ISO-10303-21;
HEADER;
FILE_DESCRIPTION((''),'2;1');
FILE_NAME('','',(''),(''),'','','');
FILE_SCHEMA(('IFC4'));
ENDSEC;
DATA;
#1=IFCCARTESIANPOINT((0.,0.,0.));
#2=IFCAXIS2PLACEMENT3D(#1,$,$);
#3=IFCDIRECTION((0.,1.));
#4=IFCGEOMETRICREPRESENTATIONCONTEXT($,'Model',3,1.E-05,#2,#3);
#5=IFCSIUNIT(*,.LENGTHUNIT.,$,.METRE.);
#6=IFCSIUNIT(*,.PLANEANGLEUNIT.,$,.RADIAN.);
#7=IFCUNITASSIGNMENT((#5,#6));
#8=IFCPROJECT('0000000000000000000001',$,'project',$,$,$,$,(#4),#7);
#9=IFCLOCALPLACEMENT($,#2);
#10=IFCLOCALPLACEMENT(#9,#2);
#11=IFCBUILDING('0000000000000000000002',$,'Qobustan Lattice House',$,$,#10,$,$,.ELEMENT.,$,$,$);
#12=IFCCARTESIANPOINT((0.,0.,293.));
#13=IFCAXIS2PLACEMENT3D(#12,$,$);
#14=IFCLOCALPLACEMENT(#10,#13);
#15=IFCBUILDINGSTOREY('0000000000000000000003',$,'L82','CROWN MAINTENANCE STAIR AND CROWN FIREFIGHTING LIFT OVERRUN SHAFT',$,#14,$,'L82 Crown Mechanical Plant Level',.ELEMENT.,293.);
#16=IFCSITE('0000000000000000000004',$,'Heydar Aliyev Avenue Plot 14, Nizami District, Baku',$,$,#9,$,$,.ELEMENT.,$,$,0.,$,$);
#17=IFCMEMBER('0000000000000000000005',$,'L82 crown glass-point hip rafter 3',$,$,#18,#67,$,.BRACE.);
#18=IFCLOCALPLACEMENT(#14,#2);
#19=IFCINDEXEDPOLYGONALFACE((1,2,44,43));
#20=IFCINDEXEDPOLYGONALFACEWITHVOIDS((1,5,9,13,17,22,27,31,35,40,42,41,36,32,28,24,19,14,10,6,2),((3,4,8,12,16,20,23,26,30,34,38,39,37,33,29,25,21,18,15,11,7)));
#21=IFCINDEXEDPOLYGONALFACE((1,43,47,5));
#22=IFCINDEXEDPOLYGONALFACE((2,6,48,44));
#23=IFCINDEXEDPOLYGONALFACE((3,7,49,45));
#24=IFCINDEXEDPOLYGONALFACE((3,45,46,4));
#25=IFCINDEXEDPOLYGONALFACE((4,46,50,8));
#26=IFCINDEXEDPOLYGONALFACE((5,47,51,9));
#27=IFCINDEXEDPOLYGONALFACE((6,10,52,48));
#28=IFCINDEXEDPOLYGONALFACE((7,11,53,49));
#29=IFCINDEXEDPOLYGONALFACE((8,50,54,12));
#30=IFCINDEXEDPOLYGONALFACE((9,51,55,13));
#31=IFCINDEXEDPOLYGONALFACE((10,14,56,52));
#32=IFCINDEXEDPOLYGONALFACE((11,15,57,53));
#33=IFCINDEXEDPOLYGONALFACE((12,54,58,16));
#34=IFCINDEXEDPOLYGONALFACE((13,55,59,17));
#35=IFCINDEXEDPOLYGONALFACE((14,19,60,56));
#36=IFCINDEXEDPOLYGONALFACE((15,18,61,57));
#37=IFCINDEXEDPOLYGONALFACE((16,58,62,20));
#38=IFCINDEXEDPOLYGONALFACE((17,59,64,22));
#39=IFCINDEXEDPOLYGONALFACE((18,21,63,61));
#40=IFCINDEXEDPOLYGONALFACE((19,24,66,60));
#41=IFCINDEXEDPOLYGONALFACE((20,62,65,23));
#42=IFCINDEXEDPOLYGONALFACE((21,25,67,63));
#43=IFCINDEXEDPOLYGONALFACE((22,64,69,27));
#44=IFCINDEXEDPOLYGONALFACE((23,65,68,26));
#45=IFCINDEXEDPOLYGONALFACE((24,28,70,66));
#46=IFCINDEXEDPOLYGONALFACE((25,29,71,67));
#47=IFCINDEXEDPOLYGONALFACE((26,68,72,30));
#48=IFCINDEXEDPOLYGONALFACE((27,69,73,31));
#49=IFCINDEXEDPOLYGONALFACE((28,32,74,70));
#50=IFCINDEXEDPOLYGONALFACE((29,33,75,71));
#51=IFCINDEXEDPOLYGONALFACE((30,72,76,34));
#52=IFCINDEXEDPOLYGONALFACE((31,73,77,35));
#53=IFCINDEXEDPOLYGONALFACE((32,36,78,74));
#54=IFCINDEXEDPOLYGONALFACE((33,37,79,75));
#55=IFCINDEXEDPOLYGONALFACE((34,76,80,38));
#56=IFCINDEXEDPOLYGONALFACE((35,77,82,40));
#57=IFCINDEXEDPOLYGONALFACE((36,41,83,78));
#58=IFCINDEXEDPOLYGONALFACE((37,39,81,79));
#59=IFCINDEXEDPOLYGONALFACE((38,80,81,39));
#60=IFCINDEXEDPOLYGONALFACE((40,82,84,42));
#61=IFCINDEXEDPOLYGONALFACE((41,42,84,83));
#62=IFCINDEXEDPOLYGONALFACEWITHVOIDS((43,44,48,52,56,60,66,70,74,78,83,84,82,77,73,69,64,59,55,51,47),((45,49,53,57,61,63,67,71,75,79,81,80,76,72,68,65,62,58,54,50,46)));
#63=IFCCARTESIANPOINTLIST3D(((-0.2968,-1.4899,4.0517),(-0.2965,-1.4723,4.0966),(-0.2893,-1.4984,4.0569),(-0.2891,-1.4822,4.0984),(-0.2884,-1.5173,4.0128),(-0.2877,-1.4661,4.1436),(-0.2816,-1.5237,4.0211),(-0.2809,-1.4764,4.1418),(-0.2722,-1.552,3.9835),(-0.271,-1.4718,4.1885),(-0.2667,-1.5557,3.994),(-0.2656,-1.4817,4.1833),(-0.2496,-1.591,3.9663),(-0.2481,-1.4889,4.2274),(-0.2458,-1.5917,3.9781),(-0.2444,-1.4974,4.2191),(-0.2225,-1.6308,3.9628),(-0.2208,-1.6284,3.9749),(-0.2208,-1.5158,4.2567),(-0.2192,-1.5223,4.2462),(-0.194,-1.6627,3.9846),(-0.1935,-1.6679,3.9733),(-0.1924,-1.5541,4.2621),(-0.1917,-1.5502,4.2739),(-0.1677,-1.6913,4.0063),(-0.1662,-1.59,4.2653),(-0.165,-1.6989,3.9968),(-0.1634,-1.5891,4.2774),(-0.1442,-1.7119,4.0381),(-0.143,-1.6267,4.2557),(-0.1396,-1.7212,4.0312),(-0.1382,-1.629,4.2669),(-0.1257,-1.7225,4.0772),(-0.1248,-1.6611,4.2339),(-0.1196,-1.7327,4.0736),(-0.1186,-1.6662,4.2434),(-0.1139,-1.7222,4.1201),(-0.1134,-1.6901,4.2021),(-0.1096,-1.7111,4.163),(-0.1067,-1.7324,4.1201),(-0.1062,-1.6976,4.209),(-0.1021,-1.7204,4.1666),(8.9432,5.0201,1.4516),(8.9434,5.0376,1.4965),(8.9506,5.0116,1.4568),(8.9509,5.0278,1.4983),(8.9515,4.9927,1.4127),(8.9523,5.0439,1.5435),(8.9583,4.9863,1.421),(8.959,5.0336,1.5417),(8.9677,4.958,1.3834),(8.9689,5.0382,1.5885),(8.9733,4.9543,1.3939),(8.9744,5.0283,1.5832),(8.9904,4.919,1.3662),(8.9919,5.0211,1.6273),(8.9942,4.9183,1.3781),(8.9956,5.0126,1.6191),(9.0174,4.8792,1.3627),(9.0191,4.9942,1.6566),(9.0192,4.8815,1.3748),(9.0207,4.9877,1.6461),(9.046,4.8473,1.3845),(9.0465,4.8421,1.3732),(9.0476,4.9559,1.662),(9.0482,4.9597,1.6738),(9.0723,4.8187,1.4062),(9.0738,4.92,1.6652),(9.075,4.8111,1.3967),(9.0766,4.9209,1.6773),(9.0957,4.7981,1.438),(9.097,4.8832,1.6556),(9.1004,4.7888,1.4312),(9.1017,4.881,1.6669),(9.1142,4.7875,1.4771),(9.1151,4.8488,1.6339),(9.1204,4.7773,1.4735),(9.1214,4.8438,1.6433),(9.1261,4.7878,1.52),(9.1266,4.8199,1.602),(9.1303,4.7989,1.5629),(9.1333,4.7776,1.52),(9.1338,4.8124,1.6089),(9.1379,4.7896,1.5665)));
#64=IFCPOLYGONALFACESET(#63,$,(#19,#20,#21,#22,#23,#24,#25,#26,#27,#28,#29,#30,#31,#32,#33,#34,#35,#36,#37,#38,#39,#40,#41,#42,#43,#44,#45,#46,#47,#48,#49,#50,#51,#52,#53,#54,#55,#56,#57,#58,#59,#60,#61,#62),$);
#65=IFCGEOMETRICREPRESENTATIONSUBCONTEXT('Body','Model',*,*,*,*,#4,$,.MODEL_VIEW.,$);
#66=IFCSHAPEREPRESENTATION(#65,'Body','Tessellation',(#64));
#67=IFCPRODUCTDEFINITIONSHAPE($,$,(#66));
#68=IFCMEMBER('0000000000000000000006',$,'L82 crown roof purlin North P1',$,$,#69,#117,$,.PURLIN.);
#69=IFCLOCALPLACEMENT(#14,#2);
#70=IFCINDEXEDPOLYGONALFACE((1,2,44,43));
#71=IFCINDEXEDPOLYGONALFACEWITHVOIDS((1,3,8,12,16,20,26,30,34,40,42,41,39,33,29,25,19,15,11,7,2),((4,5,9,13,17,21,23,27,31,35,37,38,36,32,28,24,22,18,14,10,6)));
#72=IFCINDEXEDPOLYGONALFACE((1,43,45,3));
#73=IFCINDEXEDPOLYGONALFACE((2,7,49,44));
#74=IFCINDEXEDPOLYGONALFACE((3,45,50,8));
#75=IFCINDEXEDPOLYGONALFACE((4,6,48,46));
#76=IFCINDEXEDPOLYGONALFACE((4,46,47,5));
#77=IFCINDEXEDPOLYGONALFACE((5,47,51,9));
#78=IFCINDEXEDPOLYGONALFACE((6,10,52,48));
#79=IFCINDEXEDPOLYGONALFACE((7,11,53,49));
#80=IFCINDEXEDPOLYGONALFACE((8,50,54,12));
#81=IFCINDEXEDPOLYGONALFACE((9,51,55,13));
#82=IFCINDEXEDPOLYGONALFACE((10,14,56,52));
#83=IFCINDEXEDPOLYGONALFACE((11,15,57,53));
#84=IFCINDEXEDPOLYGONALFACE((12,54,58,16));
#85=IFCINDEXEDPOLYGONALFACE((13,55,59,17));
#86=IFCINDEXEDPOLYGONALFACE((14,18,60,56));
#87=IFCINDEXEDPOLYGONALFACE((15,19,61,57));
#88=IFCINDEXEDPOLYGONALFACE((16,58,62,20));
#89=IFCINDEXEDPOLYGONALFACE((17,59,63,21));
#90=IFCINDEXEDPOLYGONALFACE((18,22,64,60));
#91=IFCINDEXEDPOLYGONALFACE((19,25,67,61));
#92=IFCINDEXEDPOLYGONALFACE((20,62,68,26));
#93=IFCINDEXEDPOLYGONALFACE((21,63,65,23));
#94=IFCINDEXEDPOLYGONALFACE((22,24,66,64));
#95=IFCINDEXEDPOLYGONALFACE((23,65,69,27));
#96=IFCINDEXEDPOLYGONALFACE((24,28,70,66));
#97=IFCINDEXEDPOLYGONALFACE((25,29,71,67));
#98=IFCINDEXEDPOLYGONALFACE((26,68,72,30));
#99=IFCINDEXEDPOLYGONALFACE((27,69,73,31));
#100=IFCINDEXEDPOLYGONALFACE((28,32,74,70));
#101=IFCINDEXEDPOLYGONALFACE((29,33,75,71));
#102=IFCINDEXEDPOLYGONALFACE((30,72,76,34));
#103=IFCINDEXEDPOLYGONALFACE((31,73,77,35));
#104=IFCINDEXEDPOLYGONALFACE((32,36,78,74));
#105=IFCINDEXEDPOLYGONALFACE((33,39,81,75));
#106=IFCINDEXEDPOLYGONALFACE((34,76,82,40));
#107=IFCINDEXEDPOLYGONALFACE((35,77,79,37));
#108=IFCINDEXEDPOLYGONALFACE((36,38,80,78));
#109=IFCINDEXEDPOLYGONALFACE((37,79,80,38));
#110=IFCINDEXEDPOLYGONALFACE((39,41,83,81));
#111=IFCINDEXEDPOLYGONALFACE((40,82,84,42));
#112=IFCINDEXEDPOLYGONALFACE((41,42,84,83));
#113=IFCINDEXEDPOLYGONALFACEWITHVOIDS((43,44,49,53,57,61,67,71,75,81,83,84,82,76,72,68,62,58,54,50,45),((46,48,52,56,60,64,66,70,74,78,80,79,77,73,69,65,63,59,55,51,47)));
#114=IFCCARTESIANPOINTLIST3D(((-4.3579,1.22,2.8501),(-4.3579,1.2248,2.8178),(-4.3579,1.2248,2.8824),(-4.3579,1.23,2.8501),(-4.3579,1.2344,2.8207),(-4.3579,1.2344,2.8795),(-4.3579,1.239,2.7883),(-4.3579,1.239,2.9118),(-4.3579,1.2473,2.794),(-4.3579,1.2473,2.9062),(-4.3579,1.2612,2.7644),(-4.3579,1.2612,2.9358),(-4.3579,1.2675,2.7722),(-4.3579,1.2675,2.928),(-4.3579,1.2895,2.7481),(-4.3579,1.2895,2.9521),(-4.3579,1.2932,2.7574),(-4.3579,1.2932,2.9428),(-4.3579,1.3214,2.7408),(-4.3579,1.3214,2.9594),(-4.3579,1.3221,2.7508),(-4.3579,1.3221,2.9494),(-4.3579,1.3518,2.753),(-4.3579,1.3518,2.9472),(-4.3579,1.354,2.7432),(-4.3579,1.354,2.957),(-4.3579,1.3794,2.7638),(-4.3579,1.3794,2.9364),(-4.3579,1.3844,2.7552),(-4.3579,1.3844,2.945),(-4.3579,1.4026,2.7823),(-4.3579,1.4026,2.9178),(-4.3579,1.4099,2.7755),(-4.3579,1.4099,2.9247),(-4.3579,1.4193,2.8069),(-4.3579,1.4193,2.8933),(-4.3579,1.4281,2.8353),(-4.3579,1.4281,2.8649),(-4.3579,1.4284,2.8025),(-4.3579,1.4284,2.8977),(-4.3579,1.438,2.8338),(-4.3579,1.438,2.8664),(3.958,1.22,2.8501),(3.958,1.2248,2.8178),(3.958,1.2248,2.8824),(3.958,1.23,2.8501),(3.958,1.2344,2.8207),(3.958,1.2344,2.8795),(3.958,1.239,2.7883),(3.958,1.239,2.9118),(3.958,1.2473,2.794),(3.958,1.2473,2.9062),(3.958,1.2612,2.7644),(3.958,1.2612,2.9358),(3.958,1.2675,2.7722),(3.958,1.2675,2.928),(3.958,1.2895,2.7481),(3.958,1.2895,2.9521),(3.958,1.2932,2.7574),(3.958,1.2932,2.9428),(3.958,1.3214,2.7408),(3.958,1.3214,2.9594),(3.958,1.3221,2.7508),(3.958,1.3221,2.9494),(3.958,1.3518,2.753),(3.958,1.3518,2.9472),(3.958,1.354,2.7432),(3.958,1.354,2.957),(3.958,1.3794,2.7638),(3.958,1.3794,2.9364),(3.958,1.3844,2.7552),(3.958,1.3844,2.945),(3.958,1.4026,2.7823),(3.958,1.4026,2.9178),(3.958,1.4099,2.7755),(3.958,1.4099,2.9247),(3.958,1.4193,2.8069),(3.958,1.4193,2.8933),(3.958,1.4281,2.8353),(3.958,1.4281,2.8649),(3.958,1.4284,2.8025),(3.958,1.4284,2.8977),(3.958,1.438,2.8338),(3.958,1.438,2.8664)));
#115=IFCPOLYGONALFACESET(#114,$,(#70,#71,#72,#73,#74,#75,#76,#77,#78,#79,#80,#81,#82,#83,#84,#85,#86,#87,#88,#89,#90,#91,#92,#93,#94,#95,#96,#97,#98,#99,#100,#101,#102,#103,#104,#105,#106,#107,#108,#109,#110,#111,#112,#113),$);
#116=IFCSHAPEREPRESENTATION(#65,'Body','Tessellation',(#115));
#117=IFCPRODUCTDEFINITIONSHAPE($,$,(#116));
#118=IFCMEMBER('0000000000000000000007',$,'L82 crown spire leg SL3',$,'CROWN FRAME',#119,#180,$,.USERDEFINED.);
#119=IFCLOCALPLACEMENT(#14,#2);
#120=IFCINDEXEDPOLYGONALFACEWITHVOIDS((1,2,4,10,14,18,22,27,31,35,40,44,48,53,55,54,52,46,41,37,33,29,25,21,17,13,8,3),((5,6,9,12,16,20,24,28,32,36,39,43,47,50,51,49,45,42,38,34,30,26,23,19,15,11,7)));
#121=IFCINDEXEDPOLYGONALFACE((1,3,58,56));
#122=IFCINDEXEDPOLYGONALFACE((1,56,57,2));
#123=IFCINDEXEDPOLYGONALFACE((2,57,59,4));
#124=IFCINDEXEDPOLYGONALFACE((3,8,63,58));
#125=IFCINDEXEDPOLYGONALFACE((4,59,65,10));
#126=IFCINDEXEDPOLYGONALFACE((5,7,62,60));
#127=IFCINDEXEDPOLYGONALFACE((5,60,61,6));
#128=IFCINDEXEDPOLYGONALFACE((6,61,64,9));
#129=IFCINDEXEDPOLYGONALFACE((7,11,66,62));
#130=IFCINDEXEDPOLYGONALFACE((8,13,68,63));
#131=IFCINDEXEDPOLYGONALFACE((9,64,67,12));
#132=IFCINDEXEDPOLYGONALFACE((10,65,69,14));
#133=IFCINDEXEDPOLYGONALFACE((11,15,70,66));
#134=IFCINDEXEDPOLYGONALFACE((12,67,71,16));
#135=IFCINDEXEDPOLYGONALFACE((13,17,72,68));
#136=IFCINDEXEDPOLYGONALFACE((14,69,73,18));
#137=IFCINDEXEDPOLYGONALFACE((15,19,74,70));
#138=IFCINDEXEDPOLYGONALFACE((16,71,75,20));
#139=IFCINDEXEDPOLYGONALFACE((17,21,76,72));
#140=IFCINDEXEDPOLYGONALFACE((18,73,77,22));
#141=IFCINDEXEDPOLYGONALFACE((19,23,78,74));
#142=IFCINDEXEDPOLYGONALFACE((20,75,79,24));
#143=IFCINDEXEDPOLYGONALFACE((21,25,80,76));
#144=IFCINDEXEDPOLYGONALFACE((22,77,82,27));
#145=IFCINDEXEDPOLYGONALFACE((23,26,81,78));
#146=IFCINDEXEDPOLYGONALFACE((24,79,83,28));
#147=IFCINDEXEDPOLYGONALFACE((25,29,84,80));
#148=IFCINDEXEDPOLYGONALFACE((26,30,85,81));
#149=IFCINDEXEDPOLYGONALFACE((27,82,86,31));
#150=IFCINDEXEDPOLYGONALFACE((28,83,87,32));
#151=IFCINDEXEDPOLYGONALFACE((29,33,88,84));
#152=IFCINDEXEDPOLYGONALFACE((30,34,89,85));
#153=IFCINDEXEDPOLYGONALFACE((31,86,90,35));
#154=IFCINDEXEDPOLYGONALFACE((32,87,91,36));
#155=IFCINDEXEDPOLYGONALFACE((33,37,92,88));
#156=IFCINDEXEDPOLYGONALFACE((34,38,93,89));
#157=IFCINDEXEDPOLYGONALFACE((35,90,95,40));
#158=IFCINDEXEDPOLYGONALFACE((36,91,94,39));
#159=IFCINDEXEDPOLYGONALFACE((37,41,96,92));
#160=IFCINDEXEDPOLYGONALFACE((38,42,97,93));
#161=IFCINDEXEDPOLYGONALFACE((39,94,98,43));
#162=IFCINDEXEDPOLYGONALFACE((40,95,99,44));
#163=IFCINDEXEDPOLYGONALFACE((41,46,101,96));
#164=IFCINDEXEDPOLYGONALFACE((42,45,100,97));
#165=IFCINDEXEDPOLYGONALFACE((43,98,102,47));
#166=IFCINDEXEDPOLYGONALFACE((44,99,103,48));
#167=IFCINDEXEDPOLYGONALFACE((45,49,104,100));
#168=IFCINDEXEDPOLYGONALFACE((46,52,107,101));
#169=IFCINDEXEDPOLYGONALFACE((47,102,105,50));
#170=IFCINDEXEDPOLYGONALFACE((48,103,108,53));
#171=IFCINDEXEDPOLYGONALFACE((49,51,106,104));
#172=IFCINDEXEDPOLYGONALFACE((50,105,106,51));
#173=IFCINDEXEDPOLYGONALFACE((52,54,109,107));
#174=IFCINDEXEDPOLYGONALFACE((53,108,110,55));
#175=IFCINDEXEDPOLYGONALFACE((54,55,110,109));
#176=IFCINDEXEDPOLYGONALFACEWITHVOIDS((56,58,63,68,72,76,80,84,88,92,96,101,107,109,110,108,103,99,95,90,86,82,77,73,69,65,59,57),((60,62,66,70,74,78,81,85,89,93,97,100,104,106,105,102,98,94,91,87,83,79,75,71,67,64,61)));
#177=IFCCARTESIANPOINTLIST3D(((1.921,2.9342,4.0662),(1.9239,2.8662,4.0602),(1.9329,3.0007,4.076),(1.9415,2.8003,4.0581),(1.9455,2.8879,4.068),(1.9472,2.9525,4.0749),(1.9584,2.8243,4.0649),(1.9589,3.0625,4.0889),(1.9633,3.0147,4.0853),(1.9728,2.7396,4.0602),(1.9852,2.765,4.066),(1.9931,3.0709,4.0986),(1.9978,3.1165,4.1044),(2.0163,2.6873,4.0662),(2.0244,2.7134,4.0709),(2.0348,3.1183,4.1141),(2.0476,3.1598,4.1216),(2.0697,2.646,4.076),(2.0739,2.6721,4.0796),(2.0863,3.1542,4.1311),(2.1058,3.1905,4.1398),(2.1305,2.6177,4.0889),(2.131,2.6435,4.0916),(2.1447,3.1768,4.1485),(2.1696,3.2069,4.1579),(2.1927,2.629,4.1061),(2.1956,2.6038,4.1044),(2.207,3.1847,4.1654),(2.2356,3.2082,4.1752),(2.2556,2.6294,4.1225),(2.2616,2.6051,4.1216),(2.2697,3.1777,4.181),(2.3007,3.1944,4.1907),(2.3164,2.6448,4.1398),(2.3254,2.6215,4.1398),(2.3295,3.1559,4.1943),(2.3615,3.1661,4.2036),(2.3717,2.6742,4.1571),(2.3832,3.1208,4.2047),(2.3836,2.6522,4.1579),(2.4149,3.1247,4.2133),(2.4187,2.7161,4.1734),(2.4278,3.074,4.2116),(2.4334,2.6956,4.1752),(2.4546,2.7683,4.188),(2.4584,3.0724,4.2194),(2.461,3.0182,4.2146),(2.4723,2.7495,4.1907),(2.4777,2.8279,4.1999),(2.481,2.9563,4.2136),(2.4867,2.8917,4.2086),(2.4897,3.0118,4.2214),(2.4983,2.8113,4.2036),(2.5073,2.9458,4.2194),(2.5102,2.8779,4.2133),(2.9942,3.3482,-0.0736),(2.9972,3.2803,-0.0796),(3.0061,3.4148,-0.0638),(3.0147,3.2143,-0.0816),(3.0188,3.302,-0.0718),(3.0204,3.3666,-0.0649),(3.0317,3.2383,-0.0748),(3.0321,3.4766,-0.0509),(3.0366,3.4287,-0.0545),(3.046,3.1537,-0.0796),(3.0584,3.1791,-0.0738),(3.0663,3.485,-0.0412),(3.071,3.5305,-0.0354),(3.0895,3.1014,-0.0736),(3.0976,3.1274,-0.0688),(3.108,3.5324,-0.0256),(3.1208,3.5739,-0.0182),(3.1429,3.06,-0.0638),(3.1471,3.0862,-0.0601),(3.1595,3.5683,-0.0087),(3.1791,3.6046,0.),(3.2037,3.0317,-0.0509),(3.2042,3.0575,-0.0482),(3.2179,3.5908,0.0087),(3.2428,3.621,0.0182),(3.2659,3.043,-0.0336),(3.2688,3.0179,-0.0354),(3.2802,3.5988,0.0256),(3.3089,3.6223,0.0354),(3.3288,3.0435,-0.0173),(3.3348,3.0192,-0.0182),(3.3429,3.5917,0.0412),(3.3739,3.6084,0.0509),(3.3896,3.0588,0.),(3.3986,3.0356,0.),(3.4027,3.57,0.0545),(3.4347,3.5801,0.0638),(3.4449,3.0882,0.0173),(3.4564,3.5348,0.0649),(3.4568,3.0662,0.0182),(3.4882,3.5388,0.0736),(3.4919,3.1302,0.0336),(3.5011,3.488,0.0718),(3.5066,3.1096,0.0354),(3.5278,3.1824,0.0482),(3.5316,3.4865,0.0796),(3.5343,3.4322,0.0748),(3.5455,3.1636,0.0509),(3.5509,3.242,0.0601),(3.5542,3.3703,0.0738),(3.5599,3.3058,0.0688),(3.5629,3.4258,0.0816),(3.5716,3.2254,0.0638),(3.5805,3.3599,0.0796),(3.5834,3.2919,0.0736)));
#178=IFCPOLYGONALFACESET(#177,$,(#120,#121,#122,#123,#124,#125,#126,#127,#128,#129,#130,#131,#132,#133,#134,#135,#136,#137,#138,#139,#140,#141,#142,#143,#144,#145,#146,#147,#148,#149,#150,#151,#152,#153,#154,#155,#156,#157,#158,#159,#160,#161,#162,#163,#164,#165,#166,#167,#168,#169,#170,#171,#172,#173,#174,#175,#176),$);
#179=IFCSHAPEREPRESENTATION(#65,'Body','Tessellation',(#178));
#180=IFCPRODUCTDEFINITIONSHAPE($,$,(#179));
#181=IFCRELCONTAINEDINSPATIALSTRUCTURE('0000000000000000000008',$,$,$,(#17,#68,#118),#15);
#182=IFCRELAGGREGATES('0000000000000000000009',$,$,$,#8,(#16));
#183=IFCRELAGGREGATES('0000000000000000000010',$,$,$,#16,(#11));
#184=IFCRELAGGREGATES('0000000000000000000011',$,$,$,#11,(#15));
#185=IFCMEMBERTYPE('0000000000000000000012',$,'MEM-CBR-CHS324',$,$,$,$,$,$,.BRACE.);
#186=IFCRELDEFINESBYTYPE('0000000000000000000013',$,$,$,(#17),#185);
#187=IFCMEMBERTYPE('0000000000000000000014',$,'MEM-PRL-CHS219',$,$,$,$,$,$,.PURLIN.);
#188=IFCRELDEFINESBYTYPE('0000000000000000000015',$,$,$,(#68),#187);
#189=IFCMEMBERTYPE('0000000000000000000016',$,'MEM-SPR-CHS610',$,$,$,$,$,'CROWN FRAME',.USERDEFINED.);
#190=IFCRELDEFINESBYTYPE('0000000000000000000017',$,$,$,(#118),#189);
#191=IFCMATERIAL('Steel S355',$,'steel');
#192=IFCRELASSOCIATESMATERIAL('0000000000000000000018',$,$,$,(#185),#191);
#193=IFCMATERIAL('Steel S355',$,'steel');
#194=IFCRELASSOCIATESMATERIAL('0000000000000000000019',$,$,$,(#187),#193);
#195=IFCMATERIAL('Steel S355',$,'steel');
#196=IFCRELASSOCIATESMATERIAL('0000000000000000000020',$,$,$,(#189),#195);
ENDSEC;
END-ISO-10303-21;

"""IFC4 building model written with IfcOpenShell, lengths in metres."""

from ifc_helpers import new_model, si_unit, direction, frame, origin, origin_2d, place, context, subcontext, project, spatial, hollow_circle, extrude, material, material_profile, profile_set, type_object, element, save


model = new_model("IFC4")

# Units and contexts
model_context = context("Model", 3, precision=1e-05, world=origin(), true_north=direction((0.0, 1.0)))
body_context = subcontext(model_context, "Body", "Model", "MODEL_VIEW")
ifc_project = project(units=[si_unit("LENGTHUNIT", "METRE"), si_unit("PLANEANGLEUNIT", "RADIAN")], contexts=[model_context])

# Site, building, storey
site_placement = place(None, origin())
site = spatial("IfcSite", under=ifc_project, at=site_placement, Name="Heydar Aliyev Avenue Plot 14, Nizami District, Baku", CompositionType="ELEMENT", RefElevation=0.0)
building_placement = place(site_placement, origin())
building = spatial("IfcBuilding", under=site, at=building_placement, Name="Qobustan Lattice House", CompositionType="ELEMENT")
storey_placement = place(building_placement, frame((0.0, 0.0, 293.0)))
storey = spatial("IfcBuildingStorey", under=building, at=storey_placement, Name="L82", Description="CROWN MAINTENANCE STAIR AND CROWN FIREFIGHTING LIFT OVERRUN SHAFT", LongName="L82 Crown Mechanical Plant Level", CompositionType="ELEMENT", Elevation=293.0)

# Members
ifc_material_1 = material(Name="Steel S355", Category="steel")
ifc_material_profile_1 = material_profile(ifc_material_1, hollow_circle(Radius=0.1619, WallThickness=0.0125, at=origin_2d()), Name="CHS323.9x12.5")
ifc_profile_set_1 = profile_set([ifc_material_profile_1], Name="Steel S355")
member_type_1 = type_object("IfcMemberType", Name="MEM-CBR-CHS324", PredefinedType="BRACE", material=ifc_profile_set_1)
member_1_placement = place(storey_placement, frame((9.04, 4.9099, 1.52), z_axis=(-0.796675, -0.561295, 0.224181), x_axis=(0.575955, -0.817482, 0.0)))
element("IfcMember", 1, at=member_1_placement, inside=storey, type_object=member_type_1, Name="L82 crown glass-point hip rafter 3", PredefinedType="BRACE", context=body_context, shape_type="SweptSolid", body=[
    extrude(hollow_circle(Radius=0.1619, WallThickness=0.0125, at=origin_2d()), origin(), (0.0, 0.0, 1.0), 11.5981),
])
ifc_material_2 = material(Name="Steel S355", Category="steel")
ifc_material_profile_2 = material_profile(ifc_material_2, hollow_circle(Radius=0.1096, WallThickness=0.01, at=origin_2d()), Name="CHS219.1x10")
ifc_profile_set_2 = profile_set([ifc_material_profile_2], Name="Steel S355")
member_type_2 = type_object("IfcMemberType", Name="MEM-PRL-CHS219", PredefinedType="PURLIN", material=ifc_profile_set_2)
member_2_placement = place(storey_placement, frame((3.958, 1.3296, 2.8501), z_axis=(-1.0, 0.0, 0.0), x_axis=(0.0, -1.0, 0.0)))
element("IfcMember", 2, at=member_2_placement, inside=storey, type_object=member_type_2, Name="L82 crown roof purlin North P1", PredefinedType="PURLIN", context=body_context, shape_type="SweptSolid", body=[
    extrude(hollow_circle(Radius=0.1096, WallThickness=0.01, at=origin_2d()), origin(), (0.0, 0.0, 1.0), 8.3159),
])
ifc_material_3 = material(Name="Steel S355", Category="steel")
ifc_material_profile_3 = material_profile(ifc_material_3, hollow_circle(Radius=0.3049, WallThickness=0.0249, at=origin_2d()), Name="CHS610x25")
ifc_profile_set_3 = profile_set([ifc_material_profile_3], Name="Steel S355")
member_type_3 = type_object("IfcMemberType", Name="MEM-SPR-CHS610", ElementType="CROWN FRAME", PredefinedType="USERDEFINED", material=ifc_profile_set_3)
member_3_placement = place(storey_placement, frame((3.2888, 3.3201, 0.0), z_axis=(-0.24978, -0.096367, 0.963495), x_axis=(0.359946, -0.932973, 0.0)))
element("IfcMember", 3, at=member_3_placement, inside=storey, type_object=member_type_3, Name="L82 crown spire leg SL3", ObjectType="CROWN FRAME", PredefinedType="USERDEFINED", context=body_context, shape_type="SweptSolid", body=[
    extrude(hollow_circle(Radius=0.3049, WallThickness=0.0249, at=origin_2d()), origin(), (0.0, 0.0, 1.0), 4.2966),
])

save(model, "model.ifc")
